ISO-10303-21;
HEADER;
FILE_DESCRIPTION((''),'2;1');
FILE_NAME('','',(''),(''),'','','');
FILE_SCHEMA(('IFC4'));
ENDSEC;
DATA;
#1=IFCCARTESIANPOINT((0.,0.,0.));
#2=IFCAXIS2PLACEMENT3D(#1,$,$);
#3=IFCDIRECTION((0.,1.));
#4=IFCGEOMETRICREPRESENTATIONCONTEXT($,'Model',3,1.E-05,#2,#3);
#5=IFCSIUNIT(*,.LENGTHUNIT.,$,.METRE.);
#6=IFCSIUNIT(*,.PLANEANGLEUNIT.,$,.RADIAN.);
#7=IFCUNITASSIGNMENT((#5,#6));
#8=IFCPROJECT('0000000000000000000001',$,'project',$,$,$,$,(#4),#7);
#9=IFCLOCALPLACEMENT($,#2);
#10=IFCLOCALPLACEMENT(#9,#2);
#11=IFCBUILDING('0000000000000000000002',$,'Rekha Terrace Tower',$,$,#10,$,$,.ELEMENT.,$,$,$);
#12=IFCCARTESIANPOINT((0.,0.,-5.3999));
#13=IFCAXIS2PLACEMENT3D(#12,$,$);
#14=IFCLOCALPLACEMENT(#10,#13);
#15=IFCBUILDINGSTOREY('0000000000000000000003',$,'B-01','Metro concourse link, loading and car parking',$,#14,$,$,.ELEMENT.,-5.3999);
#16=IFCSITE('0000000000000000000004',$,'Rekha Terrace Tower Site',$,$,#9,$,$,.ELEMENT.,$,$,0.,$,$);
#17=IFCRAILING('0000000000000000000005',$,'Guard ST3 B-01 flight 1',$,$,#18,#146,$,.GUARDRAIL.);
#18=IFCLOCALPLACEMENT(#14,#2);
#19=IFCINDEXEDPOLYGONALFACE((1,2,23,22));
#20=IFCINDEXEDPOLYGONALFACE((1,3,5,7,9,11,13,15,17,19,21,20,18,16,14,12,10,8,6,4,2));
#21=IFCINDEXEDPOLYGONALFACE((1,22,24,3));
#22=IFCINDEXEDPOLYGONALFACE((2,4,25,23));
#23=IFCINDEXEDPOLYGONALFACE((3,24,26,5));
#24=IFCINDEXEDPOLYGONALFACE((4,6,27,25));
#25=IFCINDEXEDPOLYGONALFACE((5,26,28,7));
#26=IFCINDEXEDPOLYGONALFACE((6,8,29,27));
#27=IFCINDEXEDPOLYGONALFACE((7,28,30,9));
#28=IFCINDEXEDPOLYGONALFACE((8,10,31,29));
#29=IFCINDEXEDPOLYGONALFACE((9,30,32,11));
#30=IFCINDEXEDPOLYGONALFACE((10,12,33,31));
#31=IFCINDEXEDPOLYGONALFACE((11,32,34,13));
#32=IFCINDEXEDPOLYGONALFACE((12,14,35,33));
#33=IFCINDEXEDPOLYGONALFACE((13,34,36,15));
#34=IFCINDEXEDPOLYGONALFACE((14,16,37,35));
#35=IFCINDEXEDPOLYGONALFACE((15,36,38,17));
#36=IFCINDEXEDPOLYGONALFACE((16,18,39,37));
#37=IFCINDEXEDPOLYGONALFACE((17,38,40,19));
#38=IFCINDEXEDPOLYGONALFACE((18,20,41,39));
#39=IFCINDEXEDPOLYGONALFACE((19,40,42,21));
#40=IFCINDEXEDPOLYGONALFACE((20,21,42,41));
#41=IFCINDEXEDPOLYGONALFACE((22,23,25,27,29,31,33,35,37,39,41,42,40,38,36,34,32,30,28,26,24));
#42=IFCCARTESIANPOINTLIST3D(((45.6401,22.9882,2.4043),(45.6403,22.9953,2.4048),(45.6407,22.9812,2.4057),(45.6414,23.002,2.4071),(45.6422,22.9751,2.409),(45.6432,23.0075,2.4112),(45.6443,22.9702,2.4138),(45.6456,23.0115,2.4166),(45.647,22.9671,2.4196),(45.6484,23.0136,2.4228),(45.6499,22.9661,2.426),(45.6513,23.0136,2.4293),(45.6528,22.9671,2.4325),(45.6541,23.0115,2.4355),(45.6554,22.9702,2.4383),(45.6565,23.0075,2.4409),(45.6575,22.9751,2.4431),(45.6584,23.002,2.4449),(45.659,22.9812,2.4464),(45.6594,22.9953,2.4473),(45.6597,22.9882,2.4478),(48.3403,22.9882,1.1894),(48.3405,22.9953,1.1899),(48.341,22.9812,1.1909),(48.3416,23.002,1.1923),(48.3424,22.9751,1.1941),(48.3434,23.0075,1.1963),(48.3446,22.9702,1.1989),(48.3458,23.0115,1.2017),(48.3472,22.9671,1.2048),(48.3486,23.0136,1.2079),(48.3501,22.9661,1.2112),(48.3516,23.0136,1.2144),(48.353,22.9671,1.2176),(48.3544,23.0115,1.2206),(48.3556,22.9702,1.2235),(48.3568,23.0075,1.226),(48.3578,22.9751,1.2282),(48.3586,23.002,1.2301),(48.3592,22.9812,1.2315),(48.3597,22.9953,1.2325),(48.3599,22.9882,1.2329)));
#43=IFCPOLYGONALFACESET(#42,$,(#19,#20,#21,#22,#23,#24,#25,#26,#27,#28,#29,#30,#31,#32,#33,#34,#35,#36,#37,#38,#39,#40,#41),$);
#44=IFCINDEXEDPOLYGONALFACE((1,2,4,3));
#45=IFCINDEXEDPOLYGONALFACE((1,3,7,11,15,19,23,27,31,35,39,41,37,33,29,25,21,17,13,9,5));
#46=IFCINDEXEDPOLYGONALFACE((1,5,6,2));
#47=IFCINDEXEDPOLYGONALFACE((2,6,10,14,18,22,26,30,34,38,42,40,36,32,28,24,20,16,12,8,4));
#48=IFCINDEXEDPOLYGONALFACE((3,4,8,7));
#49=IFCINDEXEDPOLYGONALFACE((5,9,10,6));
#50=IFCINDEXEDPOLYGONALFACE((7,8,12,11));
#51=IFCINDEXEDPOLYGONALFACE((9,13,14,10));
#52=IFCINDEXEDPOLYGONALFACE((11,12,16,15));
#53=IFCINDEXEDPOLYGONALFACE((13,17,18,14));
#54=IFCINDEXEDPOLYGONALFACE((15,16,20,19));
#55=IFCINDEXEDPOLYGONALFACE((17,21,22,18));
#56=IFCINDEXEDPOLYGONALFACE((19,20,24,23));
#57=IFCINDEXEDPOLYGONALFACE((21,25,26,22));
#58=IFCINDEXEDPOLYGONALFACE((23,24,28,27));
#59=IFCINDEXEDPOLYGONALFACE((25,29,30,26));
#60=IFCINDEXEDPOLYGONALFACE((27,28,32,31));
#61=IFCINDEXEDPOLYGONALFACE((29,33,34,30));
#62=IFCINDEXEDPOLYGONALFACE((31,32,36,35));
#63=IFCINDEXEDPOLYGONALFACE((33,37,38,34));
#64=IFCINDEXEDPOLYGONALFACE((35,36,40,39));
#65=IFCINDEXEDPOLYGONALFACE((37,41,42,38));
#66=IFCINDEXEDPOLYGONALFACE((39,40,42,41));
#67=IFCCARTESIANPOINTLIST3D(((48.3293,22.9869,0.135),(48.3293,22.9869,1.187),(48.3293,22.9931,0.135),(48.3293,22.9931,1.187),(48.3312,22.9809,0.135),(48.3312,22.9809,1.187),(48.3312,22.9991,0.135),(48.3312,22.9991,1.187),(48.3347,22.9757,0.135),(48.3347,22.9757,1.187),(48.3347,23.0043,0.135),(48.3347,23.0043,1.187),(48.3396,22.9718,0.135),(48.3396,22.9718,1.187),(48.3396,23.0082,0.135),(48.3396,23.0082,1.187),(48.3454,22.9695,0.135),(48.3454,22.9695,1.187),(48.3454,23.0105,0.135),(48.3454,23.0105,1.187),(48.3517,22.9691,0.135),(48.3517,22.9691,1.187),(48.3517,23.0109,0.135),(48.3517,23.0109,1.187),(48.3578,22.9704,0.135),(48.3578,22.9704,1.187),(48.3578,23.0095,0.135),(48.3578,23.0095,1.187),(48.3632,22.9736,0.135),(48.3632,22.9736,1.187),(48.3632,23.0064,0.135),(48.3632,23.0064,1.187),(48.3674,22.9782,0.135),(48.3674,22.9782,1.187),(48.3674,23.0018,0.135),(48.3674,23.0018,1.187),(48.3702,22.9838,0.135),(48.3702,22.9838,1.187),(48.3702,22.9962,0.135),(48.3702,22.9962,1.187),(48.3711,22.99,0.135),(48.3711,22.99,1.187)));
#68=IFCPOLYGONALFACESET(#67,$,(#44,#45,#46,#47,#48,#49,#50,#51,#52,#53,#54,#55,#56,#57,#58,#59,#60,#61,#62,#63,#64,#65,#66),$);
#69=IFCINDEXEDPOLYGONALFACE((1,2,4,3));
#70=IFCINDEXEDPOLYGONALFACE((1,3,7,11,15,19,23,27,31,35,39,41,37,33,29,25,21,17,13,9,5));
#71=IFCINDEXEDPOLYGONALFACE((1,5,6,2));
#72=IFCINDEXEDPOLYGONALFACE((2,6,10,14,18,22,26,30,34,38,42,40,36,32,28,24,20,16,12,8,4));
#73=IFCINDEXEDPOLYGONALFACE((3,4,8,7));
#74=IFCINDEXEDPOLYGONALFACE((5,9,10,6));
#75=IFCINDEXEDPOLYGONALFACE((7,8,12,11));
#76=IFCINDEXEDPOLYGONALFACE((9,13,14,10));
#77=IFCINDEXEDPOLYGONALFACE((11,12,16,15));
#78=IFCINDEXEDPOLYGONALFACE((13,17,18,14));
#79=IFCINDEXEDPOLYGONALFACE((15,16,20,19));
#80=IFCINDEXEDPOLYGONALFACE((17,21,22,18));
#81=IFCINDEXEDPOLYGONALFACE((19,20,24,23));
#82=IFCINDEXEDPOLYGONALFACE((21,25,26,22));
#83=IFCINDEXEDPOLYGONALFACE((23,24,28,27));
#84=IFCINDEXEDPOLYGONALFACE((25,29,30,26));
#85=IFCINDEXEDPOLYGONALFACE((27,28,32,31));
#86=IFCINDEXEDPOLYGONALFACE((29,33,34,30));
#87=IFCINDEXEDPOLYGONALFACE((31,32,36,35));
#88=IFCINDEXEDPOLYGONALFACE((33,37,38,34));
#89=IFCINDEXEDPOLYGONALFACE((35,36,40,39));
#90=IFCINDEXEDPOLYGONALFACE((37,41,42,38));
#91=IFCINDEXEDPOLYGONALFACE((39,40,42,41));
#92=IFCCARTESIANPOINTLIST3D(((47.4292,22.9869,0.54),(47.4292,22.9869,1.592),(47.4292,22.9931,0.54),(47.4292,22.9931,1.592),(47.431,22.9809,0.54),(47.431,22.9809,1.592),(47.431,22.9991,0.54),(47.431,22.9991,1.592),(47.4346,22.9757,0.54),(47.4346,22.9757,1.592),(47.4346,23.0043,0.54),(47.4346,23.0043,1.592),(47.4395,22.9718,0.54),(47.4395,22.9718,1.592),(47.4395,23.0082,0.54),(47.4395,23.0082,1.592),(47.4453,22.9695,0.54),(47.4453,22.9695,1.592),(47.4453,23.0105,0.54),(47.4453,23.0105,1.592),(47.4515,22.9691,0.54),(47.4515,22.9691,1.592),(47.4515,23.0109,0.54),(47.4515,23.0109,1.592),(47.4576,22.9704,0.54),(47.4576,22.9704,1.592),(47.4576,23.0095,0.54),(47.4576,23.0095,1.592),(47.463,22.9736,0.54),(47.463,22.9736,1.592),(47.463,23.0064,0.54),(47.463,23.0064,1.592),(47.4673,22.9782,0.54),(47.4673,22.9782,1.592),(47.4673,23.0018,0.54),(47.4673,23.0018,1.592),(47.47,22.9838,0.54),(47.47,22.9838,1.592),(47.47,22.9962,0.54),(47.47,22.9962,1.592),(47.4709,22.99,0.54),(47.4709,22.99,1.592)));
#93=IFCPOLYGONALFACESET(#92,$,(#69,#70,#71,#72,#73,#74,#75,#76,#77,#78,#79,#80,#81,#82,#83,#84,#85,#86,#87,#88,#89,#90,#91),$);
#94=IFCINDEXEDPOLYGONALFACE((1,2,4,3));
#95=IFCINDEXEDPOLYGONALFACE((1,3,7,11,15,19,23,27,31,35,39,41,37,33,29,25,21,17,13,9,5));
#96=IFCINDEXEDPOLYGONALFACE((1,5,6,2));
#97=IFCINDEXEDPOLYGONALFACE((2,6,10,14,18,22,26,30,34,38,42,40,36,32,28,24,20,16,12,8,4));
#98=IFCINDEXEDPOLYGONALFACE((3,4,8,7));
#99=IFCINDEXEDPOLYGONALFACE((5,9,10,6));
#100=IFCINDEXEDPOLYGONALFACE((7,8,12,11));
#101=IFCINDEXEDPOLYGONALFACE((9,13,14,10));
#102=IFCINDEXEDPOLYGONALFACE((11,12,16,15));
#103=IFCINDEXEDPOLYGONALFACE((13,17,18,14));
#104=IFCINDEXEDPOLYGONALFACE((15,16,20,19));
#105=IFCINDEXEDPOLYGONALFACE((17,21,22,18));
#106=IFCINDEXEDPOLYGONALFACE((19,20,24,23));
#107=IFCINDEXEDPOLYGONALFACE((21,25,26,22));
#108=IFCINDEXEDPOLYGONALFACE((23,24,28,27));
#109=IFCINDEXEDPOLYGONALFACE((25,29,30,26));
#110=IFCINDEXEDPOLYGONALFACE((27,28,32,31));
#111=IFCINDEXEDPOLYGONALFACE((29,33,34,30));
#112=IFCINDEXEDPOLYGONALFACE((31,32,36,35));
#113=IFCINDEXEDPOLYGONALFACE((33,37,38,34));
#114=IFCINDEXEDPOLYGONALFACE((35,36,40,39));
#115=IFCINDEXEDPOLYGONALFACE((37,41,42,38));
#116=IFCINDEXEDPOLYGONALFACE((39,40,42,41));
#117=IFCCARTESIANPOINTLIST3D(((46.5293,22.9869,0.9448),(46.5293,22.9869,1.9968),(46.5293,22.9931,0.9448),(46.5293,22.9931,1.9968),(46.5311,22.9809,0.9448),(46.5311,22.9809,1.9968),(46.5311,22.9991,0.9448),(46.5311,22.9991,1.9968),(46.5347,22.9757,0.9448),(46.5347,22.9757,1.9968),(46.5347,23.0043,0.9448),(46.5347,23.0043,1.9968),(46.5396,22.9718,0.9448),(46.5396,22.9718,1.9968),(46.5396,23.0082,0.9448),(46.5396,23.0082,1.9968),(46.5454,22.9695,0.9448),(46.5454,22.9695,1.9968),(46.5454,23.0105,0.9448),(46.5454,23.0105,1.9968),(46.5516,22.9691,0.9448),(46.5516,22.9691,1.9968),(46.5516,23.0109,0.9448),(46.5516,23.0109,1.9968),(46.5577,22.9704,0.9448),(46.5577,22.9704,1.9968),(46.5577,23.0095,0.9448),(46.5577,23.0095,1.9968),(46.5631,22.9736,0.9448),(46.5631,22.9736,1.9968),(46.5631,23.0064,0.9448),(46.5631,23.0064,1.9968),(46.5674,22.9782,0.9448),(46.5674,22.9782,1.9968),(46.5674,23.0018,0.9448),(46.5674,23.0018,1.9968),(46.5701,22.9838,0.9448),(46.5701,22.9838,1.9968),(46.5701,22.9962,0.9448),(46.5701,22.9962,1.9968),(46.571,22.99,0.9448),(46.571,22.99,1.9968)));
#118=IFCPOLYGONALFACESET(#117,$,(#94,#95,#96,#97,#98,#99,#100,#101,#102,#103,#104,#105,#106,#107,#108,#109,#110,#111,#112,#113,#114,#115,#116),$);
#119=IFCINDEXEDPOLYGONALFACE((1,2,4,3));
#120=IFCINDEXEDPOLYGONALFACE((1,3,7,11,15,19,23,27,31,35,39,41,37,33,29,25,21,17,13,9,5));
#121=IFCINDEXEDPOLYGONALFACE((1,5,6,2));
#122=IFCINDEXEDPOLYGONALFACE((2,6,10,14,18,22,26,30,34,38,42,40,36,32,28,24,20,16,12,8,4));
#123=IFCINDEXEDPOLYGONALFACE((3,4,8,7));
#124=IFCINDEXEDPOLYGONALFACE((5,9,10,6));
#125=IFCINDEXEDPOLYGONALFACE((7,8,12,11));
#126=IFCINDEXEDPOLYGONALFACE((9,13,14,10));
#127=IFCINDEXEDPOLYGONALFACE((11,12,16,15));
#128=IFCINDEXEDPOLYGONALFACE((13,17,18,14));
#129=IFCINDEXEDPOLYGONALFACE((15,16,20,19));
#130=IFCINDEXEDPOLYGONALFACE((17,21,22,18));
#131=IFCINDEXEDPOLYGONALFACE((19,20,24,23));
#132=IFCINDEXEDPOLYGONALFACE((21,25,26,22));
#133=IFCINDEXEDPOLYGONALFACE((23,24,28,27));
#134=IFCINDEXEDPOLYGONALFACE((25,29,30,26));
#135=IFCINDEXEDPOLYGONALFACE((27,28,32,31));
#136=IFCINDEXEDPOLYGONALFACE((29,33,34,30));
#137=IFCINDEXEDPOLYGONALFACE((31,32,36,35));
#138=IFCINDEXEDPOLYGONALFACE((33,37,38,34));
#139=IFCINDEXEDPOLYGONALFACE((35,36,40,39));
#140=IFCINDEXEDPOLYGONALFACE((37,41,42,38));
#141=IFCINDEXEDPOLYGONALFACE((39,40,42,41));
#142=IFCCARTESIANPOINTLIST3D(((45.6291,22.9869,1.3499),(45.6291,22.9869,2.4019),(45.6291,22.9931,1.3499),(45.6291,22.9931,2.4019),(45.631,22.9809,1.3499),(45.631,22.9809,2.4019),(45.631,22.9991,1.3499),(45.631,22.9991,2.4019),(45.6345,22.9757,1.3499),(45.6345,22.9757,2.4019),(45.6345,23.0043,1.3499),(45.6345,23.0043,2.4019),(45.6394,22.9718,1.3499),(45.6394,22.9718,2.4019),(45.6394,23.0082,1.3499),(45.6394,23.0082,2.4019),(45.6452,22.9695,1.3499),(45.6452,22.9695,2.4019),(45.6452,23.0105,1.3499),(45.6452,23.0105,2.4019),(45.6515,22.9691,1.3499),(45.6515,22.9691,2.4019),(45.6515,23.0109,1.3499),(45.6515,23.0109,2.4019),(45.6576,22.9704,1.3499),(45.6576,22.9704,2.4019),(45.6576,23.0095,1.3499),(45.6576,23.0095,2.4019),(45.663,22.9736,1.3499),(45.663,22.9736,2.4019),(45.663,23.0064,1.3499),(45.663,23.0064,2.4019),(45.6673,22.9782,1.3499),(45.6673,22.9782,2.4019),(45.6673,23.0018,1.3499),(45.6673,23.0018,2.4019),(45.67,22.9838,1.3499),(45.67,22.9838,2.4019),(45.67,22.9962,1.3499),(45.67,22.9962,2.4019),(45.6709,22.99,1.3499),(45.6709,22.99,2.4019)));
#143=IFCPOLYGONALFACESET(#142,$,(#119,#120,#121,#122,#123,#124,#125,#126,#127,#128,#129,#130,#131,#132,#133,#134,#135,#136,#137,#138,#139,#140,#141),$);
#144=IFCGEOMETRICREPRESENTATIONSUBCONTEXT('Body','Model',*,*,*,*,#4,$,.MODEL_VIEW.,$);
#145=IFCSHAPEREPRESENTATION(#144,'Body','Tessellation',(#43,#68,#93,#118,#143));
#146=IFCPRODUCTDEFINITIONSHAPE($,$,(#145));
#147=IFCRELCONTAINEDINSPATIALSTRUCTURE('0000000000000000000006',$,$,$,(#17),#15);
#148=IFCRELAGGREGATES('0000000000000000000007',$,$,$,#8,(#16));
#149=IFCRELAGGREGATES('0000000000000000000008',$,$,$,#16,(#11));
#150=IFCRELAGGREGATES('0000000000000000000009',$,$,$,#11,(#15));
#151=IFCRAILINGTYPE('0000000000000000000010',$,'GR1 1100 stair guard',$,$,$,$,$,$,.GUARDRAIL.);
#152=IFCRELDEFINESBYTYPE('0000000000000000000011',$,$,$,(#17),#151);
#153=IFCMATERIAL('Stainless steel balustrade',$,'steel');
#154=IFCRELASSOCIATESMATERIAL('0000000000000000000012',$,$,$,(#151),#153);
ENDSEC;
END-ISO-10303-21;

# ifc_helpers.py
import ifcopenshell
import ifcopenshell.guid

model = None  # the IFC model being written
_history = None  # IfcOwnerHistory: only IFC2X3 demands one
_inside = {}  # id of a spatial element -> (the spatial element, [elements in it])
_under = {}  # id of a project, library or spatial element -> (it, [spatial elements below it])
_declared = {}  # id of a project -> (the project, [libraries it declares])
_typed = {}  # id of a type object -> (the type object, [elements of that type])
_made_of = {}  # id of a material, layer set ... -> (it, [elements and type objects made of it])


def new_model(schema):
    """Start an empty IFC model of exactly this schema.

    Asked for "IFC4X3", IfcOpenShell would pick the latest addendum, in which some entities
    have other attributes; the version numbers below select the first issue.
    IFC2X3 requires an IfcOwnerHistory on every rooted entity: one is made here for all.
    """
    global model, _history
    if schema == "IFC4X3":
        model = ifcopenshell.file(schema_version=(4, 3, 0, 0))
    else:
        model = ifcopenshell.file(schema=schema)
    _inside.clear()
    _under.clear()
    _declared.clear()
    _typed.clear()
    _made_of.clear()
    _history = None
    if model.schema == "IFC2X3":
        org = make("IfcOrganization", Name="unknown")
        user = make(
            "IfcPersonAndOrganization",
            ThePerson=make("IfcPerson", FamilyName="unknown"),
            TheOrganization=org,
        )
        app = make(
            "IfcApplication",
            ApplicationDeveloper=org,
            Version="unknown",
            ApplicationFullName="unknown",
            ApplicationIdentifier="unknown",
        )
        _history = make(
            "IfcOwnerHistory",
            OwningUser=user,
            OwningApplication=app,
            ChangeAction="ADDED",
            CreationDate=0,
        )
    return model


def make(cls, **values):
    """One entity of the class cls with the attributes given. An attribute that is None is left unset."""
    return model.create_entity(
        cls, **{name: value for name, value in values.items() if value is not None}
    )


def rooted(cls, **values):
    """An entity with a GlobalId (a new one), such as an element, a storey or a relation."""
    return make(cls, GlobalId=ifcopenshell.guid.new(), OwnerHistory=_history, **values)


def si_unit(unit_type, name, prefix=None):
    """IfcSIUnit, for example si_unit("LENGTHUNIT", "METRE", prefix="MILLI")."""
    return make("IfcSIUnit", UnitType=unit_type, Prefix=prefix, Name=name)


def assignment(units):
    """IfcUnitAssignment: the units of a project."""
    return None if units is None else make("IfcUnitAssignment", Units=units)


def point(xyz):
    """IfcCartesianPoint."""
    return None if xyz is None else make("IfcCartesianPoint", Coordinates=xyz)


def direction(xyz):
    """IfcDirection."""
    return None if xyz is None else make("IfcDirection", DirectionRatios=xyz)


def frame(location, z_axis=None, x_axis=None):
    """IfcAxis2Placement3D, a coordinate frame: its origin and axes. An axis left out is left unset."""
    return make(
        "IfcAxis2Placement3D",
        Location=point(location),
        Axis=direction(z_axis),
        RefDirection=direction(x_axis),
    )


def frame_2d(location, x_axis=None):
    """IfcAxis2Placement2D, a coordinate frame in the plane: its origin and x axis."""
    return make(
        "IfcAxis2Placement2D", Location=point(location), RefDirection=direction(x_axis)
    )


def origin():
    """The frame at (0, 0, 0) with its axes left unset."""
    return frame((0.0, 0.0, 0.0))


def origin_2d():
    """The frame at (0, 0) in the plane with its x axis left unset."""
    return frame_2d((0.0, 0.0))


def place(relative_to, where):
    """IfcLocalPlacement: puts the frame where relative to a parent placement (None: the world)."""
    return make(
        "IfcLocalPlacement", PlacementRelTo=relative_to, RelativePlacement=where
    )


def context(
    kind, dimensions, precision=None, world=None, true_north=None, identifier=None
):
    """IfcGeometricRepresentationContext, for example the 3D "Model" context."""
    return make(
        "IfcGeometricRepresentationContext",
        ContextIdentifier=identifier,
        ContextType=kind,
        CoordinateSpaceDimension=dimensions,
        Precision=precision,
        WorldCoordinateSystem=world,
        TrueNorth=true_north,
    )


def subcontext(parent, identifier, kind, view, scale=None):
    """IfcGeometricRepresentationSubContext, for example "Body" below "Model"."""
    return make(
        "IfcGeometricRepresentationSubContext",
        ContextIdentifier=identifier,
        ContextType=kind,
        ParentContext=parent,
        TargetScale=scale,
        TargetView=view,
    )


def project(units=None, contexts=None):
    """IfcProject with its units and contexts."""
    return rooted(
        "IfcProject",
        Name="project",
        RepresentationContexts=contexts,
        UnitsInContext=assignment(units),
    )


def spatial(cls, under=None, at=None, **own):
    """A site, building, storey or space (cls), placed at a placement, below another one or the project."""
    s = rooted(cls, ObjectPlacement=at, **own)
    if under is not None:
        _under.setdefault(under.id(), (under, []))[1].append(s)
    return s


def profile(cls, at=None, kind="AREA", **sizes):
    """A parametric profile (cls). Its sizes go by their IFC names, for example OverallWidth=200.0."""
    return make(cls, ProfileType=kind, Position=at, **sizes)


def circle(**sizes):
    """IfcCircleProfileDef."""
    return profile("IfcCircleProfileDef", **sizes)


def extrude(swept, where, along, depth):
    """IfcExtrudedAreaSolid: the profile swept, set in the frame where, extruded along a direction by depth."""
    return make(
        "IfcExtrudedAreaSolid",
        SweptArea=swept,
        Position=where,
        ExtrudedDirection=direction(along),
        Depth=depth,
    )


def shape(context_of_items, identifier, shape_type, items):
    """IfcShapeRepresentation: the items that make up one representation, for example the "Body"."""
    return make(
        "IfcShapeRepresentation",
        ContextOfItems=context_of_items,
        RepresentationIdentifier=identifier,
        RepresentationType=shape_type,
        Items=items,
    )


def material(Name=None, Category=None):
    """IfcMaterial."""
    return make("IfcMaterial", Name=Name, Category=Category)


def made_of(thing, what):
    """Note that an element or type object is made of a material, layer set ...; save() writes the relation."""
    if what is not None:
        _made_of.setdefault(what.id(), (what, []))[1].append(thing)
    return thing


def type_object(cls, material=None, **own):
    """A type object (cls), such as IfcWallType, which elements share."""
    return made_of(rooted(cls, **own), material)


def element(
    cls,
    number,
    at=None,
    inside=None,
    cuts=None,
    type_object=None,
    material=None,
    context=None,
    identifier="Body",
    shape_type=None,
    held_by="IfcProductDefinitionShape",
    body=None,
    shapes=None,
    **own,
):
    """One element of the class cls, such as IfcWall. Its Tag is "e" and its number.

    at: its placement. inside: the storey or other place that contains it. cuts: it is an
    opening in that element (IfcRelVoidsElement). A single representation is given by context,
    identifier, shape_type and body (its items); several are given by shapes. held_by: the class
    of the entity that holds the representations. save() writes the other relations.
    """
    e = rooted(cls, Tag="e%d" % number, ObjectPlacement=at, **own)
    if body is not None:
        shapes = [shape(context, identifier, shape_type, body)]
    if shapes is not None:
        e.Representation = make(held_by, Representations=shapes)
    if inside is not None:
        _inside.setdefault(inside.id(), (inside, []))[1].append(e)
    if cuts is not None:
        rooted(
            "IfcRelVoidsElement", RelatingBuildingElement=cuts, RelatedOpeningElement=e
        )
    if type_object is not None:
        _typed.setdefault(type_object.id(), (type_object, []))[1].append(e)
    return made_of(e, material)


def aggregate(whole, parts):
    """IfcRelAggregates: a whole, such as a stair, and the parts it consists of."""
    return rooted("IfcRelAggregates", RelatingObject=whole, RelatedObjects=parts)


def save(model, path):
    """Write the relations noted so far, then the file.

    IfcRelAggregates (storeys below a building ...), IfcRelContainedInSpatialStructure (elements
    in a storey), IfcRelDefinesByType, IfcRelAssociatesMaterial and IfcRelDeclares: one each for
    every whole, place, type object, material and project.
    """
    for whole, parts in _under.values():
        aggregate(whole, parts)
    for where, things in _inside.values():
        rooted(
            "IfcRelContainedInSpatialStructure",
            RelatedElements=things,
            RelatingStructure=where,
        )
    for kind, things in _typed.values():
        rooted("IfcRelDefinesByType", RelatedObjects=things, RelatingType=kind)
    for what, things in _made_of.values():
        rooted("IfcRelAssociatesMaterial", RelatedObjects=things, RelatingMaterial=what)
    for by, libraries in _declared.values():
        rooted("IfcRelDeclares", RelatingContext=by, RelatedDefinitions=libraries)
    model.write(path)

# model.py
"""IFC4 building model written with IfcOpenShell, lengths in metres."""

from ifc_helpers import new_model, si_unit, direction, frame, origin, origin_2d, place, context, subcontext, project, spatial, circle, extrude, material, type_object, element, save


model = new_model("IFC4")

# Units and contexts
model_context = context("Model", 3, precision=1e-05, world=origin(), true_north=direction((0.0, 1.0)))
body_context = subcontext(model_context, "Body", "Model", "MODEL_VIEW")
ifc_project = project(units=[si_unit("LENGTHUNIT", "METRE"), si_unit("PLANEANGLEUNIT", "RADIAN")], contexts=[model_context])

# Site, building, storey
site_placement = place(None, origin())
site = spatial("IfcSite", under=ifc_project, at=site_placement, Name="Rekha Terrace Tower Site", CompositionType="ELEMENT", RefElevation=0.0)
building_placement = place(site_placement, origin())
building = spatial("IfcBuilding", under=site, at=building_placement, Name="Rekha Terrace Tower", CompositionType="ELEMENT")
storey_placement = place(building_placement, frame((0.0, 0.0, -5.3999)))
storey = spatial("IfcBuildingStorey", under=building, at=storey_placement, Name="B-01", Description="Metro concourse link, loading and car parking", CompositionType="ELEMENT", Elevation=-5.3999)

# Railing
ifc_material_1 = material(Name="Stainless steel balustrade", Category="steel")
railing_type_1 = type_object("IfcRailingType", Name="GR1 1100 stair guard", PredefinedType="GUARDRAIL", material=ifc_material_1)
railing_1_placement = place(storey_placement, frame((48.3501, 22.99, 0.135)))
element("IfcRailing", 1, at=railing_1_placement, inside=storey, type_object=railing_type_1, Name="Guard ST3 B-01 flight 1", PredefinedType="GUARDRAIL", context=body_context, shape_type="SweptSolid", body=[
    extrude(circle(Radius=0.0239, at=origin_2d()), frame((0.0, 0.0, 1.0762), z_axis=(-0.911952, 0.0, 0.410296), x_axis=(0.0, -1.0, 0.0)), (0.0, 0.0, 1.0), 2.9609),
    extrude(circle(Radius=0.021, at=origin_2d()), origin(), (0.0, 0.0, 1.0), 1.052),
    extrude(circle(Radius=0.021, at=origin_2d()), frame((-0.9001, 0.0, 0.405)), (0.0, 0.0, 1.0), 1.052),
    extrude(circle(Radius=0.021, at=origin_2d()), frame((-1.8, 0.0, 0.8098)), (0.0, 0.0, 1.0), 1.052),
    extrude(circle(Radius=0.021, at=origin_2d()), frame((-2.7002, 0.0, 1.2148)), (0.0, 0.0, 1.0), 1.052),
])

save(model, "model.ifc")
